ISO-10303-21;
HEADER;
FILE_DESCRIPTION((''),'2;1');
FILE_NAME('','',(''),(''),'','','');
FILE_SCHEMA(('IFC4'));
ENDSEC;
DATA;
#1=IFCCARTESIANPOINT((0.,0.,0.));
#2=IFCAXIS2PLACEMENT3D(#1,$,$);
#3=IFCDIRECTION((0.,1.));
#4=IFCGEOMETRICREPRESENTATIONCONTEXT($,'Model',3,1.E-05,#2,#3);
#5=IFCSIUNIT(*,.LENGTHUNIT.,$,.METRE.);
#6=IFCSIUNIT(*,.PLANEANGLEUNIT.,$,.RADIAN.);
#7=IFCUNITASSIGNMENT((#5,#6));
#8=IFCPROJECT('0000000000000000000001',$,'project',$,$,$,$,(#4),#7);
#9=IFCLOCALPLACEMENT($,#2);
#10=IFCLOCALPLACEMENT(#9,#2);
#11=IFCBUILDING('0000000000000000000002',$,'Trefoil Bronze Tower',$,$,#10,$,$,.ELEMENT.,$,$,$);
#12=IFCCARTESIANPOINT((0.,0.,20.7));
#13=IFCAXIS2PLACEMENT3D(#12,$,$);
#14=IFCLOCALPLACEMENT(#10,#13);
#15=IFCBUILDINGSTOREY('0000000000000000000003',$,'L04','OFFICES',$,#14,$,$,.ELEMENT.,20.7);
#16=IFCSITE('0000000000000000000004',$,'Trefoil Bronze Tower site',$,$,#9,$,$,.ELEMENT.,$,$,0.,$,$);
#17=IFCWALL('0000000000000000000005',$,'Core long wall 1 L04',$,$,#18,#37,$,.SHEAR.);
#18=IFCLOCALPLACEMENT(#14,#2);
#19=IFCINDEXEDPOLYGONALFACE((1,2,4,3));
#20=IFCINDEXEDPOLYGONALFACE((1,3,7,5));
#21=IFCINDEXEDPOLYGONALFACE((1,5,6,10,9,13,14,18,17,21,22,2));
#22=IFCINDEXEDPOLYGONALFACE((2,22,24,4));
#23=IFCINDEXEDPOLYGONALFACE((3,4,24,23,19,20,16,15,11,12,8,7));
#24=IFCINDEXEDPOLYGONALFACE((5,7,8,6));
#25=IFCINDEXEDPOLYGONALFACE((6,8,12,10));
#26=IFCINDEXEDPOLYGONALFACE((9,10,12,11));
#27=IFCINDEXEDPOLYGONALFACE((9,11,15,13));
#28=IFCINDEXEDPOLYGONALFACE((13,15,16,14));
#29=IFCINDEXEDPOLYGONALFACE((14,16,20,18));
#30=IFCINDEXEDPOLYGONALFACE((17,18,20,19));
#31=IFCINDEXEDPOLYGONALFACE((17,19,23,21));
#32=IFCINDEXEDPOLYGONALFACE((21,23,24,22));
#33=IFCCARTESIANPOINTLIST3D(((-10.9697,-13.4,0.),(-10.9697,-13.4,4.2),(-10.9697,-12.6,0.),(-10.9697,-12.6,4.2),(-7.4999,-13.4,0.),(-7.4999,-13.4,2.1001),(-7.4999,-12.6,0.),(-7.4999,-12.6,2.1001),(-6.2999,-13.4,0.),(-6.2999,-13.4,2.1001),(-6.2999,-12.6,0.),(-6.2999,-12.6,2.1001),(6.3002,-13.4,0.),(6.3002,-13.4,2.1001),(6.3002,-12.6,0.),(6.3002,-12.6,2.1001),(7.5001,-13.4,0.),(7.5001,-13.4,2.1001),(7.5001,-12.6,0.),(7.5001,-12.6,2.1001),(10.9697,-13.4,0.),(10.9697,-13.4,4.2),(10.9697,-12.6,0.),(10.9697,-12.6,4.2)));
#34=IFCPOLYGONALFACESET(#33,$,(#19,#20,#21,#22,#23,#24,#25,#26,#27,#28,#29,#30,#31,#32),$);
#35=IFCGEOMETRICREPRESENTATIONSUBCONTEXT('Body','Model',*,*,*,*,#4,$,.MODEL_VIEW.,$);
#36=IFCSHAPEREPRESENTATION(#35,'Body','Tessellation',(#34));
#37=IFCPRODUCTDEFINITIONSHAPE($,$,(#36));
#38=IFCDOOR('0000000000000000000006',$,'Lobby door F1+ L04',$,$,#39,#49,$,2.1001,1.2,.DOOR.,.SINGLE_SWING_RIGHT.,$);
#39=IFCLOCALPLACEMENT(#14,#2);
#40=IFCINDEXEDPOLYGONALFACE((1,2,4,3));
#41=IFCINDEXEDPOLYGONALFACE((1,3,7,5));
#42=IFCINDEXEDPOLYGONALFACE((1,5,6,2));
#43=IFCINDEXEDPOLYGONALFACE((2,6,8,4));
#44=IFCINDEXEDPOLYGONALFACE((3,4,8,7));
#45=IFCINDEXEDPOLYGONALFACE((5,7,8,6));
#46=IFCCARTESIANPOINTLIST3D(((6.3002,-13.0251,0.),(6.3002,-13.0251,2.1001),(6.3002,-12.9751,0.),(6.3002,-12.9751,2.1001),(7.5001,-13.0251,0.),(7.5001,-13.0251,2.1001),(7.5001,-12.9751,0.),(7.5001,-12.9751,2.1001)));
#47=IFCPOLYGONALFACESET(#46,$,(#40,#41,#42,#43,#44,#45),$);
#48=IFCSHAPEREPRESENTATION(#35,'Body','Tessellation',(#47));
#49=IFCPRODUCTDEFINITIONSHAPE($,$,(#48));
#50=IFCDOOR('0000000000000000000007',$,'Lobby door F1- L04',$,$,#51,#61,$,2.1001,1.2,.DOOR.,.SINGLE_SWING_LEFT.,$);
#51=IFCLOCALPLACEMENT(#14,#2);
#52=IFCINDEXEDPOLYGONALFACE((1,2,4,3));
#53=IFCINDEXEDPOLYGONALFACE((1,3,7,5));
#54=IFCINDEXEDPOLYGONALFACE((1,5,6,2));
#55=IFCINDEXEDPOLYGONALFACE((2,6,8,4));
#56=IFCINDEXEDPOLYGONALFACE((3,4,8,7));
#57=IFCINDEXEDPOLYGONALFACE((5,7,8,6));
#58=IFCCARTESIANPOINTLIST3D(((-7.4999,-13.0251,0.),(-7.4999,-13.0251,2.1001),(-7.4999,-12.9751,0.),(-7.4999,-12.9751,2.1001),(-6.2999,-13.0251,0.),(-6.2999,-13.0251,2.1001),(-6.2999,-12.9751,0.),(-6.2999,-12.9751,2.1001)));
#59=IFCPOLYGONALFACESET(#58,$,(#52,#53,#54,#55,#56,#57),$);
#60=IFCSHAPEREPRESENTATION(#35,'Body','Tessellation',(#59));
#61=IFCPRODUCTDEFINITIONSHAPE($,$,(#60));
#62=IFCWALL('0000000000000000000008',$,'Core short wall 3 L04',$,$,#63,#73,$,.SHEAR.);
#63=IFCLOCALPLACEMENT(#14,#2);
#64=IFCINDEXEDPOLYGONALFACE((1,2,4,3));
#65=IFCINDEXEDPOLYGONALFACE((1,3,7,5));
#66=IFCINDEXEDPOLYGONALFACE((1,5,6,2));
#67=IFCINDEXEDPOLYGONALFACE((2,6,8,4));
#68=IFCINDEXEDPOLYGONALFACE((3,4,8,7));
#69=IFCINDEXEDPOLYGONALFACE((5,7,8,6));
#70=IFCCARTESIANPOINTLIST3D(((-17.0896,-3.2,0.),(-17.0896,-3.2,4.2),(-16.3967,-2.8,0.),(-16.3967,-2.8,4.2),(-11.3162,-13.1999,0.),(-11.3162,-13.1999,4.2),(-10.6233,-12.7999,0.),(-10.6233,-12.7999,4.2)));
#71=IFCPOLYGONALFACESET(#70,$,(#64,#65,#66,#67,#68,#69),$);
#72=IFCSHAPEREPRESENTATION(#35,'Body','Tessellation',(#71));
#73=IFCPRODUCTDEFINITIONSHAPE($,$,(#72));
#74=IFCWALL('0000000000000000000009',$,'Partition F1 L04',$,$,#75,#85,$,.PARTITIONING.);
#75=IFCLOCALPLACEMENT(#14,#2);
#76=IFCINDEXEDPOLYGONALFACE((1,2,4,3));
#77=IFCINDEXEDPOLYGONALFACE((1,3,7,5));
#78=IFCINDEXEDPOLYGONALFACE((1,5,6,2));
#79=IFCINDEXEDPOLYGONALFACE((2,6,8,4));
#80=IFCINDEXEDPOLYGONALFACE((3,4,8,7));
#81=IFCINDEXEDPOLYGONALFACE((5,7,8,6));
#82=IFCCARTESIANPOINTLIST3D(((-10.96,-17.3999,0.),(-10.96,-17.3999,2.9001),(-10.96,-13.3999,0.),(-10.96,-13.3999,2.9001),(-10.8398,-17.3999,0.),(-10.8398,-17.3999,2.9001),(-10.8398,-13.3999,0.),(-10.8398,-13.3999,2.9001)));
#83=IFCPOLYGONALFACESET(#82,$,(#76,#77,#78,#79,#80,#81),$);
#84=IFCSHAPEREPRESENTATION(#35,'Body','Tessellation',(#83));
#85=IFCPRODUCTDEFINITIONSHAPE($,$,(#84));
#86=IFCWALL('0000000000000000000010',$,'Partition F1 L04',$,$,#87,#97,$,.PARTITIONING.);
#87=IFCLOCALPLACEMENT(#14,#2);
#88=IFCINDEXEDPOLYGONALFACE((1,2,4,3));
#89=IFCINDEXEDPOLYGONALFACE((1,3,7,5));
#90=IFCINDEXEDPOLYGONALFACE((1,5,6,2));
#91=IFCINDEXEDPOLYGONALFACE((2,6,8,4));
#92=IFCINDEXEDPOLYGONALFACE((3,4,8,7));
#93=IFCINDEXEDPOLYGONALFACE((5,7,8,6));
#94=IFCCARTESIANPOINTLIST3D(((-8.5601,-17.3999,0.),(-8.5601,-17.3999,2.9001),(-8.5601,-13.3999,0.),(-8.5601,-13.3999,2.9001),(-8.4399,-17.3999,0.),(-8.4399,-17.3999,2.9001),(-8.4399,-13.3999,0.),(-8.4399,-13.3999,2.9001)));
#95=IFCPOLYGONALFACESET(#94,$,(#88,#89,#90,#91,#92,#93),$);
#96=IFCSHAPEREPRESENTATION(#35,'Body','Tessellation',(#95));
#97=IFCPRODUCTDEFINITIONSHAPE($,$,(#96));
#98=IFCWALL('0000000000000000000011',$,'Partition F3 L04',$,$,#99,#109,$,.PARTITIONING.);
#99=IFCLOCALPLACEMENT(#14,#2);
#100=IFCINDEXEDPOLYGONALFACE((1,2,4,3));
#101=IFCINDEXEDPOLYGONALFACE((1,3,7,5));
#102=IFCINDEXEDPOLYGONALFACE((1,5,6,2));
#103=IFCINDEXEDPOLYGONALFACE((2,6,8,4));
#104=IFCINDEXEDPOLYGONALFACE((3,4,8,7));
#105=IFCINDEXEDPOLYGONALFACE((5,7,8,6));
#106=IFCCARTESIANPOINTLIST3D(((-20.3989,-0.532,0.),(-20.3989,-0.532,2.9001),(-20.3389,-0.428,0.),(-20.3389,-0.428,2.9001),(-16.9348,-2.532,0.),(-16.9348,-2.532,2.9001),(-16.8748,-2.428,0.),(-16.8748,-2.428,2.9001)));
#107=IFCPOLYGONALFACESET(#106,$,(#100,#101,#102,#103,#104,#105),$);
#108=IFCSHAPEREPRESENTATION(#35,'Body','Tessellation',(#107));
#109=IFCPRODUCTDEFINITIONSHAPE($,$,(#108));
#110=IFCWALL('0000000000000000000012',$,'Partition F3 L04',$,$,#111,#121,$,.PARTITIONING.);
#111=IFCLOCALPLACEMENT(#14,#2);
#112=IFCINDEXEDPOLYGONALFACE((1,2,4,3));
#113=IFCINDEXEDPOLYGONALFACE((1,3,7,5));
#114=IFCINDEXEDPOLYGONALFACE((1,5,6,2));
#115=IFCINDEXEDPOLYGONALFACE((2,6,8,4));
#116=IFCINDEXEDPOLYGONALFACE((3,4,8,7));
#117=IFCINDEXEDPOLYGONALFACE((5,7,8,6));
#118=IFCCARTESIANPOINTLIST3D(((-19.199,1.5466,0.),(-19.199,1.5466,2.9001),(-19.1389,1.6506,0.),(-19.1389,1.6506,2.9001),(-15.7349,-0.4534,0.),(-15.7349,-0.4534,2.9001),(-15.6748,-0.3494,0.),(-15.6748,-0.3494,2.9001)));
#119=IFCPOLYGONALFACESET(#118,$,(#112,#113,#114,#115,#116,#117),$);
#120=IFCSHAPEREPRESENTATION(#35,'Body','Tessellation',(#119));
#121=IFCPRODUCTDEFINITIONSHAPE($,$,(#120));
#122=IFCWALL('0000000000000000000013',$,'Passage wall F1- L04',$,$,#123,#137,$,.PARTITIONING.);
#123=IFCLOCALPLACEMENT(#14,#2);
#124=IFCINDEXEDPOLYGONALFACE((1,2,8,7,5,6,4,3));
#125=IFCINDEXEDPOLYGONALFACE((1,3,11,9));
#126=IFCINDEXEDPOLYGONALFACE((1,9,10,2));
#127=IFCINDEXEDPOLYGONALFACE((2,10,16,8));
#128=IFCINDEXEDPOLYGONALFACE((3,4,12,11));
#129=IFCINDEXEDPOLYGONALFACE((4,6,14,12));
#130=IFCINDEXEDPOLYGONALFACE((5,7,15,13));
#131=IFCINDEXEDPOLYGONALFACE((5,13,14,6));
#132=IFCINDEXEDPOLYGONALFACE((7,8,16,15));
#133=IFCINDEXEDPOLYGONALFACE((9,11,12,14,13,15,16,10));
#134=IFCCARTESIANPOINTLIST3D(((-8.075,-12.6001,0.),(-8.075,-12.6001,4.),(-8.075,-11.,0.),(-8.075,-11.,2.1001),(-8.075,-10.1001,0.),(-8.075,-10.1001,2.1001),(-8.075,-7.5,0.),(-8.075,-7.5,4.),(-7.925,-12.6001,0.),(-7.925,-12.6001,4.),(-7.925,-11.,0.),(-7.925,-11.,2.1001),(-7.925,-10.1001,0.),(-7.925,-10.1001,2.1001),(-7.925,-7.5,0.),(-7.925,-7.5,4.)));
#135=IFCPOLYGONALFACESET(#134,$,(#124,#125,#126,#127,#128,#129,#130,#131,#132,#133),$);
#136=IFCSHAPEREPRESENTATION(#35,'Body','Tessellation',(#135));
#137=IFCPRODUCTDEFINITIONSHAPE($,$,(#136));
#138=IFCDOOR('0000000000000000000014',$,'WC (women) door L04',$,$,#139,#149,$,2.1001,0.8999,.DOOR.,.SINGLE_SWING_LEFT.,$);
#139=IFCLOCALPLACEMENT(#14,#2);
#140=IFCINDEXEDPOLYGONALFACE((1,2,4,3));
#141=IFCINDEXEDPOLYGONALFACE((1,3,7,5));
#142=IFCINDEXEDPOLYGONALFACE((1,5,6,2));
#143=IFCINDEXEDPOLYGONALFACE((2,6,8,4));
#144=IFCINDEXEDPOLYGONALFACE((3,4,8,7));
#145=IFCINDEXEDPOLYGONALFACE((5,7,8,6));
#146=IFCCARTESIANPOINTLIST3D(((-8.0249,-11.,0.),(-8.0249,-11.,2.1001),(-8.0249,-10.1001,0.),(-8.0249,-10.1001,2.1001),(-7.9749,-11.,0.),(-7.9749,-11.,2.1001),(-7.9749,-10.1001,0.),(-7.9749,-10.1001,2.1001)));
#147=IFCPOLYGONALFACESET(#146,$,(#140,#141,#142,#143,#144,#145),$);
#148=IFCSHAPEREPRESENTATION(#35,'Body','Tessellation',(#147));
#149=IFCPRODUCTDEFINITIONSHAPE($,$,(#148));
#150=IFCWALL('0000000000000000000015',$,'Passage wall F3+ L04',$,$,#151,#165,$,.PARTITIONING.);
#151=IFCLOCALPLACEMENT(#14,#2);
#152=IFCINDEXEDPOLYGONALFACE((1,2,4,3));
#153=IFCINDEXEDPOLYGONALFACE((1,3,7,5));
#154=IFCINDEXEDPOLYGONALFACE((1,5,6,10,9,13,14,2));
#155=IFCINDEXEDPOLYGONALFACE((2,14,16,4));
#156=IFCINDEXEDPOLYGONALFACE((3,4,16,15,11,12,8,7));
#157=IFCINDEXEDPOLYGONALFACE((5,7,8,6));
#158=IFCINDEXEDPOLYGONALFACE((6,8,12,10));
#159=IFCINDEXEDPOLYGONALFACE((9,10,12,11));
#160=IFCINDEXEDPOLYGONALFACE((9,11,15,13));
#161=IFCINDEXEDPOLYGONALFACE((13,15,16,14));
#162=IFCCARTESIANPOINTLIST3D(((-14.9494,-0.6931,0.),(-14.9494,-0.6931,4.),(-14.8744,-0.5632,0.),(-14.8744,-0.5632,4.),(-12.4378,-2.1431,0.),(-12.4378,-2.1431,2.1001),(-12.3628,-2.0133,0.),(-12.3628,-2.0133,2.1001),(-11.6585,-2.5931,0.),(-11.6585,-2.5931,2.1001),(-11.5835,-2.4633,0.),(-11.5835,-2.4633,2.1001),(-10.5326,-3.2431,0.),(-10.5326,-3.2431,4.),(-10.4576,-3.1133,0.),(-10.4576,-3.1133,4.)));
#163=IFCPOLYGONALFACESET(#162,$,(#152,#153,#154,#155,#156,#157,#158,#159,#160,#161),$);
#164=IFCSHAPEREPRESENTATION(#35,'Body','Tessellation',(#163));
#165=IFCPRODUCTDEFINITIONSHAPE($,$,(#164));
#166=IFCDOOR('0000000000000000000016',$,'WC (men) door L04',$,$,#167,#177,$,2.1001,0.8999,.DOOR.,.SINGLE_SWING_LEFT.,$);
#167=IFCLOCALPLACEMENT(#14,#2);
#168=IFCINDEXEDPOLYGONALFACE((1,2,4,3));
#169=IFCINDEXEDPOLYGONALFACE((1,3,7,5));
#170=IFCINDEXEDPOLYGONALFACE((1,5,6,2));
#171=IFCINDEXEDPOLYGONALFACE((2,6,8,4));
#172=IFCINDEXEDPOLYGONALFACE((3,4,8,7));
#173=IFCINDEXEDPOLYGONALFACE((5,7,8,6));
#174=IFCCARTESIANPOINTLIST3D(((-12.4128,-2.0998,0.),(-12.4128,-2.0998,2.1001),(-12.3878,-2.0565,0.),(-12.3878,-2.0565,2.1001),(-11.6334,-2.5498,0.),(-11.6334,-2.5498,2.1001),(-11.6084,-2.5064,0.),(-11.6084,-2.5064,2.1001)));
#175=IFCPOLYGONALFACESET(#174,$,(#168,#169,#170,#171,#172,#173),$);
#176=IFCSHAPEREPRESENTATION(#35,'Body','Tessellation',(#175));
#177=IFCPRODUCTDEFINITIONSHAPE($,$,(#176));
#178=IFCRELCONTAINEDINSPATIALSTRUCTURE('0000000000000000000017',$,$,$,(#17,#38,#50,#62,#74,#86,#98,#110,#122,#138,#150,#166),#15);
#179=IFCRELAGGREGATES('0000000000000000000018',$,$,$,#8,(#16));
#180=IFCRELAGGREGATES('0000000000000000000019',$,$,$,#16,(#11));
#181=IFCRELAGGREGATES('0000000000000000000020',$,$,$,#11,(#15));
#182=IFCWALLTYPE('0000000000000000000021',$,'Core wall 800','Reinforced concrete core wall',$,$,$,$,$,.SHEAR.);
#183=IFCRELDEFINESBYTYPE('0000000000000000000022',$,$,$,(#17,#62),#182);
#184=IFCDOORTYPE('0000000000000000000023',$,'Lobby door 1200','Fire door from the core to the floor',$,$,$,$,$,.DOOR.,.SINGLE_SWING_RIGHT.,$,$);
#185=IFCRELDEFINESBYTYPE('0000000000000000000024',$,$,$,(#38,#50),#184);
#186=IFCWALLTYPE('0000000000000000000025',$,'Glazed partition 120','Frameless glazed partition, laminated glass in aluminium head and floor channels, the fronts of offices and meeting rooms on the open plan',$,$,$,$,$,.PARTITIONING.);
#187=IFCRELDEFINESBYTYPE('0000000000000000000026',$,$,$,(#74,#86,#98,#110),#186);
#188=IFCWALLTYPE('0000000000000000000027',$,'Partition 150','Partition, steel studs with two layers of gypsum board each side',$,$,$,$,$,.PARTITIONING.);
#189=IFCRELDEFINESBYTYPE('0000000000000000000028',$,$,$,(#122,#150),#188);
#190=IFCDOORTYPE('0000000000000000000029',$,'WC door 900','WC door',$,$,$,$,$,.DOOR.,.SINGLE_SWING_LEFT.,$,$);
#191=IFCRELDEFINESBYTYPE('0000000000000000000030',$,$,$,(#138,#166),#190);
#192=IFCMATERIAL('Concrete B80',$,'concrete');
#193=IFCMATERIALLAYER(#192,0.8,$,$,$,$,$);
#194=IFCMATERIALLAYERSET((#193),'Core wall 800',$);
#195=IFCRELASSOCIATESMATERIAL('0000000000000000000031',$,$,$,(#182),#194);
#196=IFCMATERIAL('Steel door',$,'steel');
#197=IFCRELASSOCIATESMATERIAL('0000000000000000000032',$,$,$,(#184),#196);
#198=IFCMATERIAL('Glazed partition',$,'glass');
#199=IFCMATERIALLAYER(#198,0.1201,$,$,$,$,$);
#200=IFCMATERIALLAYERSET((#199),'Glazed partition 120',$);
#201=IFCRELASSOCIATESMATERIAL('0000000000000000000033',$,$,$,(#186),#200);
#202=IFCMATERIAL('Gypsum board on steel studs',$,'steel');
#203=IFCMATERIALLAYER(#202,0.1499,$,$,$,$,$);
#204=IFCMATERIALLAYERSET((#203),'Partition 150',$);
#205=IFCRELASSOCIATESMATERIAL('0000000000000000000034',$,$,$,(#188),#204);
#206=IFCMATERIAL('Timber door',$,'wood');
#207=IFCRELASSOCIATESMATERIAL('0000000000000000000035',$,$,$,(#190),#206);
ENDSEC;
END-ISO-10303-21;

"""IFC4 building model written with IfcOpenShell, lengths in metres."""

from ifc_helpers import new_model, si_unit, direction, frame, frame_2d, origin, place, context, subcontext, project, spatial, rectangle, extrude, material, layer, layer_set, type_object, element, fill, save


model = new_model("IFC4")

# Units and contexts
model_context = context("Model", 3, precision=1e-05, world=origin(), true_north=direction((0.0, 1.0)))
body_context = subcontext(model_context, "Body", "Model", "MODEL_VIEW")
ifc_project = project(units=[si_unit("LENGTHUNIT", "METRE"), si_unit("PLANEANGLEUNIT", "RADIAN")], contexts=[model_context])

# Site, building, storey
site_placement = place(None, origin())
site = spatial("IfcSite", under=ifc_project, at=site_placement, Name="Trefoil Bronze Tower site", CompositionType="ELEMENT", RefElevation=0.0)
building_placement = place(site_placement, origin())
building = spatial("IfcBuilding", under=site, at=building_placement, Name="Trefoil Bronze Tower", CompositionType="ELEMENT")
storey_placement = place(building_placement, frame((0.0, 0.0, 20.7)))
storey = spatial("IfcBuildingStorey", under=building, at=storey_placement, Name="L04", Description="OFFICES", CompositionType="ELEMENT", Elevation=20.7)

# Wall, openings, doors
ifc_material_1 = material(Name="Concrete B80", Category="concrete")
ifc_layer_1 = layer(ifc_material_1, 0.8)
ifc_layer_set_1 = layer_set([ifc_layer_1], Name="Core wall 800")
wall_type_1 = type_object("IfcWallType", Name="Core wall 800", Description="Reinforced concrete core wall", PredefinedType="SHEAR", material=ifc_layer_set_1)
wall_1_placement = place(storey_placement, frame((-10.9697, -13.0, 0.0), z_axis=(0.0, 0.0, 1.0), x_axis=(1.0, 0.0, 0.0)))
wall_1 = element("IfcWall", 1, at=wall_1_placement, inside=storey, type_object=wall_type_1, Name="Core long wall 1 L04", PredefinedType="SHEAR", context=body_context, shape_type="SweptSolid", body=[
    extrude(rectangle(XDim=21.9395, YDim=0.8, at=frame_2d((10.9697, 0.0))), origin(), (0.0, 0.0, 1.0), 4.2),
])
opening_1_placement = place(wall_1_placement, frame((17.2698, 0.0, 0.0)))
opening_1 = element("IfcOpeningElement", 2, at=opening_1_placement, cuts=wall_1, PredefinedType="OPENING", context=body_context, shape_type="SweptSolid", body=[
    extrude(rectangle(XDim=1.2, YDim=2.1001, at=frame_2d((0.6001, 1.05))), frame((0.0, 0.4099, 0.0), z_axis=(0.0, -1.0, 0.0), x_axis=(1.0, 0.0, 0.0)), (0.0, 0.0, 1.0), 0.8201),
])
opening_2_placement = place(wall_1_placement, frame((3.4697, 0.0, 0.0)))
opening_2 = element("IfcOpeningElement", 3, at=opening_2_placement, cuts=wall_1, PredefinedType="OPENING", context=body_context, shape_type="SweptSolid", body=[
    extrude(rectangle(XDim=1.2, YDim=2.1001, at=frame_2d((0.6001, 1.05))), frame((0.0, 0.4099, 0.0), z_axis=(0.0, -1.0, 0.0), x_axis=(1.0, 0.0, 0.0)), (0.0, 0.0, 1.0), 0.8201),
])
ifc_material_2 = material(Name="Steel door", Category="steel")
door_type_1 = type_object("IfcDoorType", Name="Lobby door 1200", Description="Fire door from the core to the floor", OperationType="SINGLE_SWING_RIGHT", PredefinedType="DOOR", material=ifc_material_2)
door_1_placement = place(opening_1_placement, origin())
door_1 = element("IfcDoor", 4, at=door_1_placement, inside=storey, type_object=door_type_1, Name="Lobby door F1+ L04", OperationType="SINGLE_SWING_RIGHT", OverallHeight=2.1001, OverallWidth=1.2, PredefinedType="DOOR", context=body_context, shape_type="SweptSolid", body=[
    extrude(rectangle(XDim=1.2, YDim=2.1001, at=frame_2d((0.6001, 1.05))), frame((0.0, 0.0249, 0.0), z_axis=(0.0, -1.0, 0.0), x_axis=(1.0, 0.0, 0.0)), (0.0, 0.0, 1.0), 0.05),
])
fill(opening_1, door_1)
door_2_placement = place(opening_2_placement, origin())
door_2 = element("IfcDoor", 5, at=door_2_placement, inside=storey, type_object=door_type_1, Name="Lobby door F1- L04", OperationType="SINGLE_SWING_LEFT", OverallHeight=2.1001, OverallWidth=1.2, PredefinedType="DOOR", context=body_context, shape_type="SweptSolid", body=[
    extrude(rectangle(XDim=1.2, YDim=2.1001, at=frame_2d((0.6001, 1.05))), frame((0.0, 0.0249, 0.0), z_axis=(0.0, -1.0, 0.0), x_axis=(1.0, 0.0, 0.0)), (0.0, 0.0, 1.0), 0.05),
])
fill(opening_2, door_2)

# Walls
wall_2_placement = place(storey_placement, frame((-16.7432, -3.0, 0.0), z_axis=(0.0, 0.0, 1.0), x_axis=(0.499996, -0.866028, 0.0)))
element("IfcWall", 6, at=wall_2_placement, inside=storey, type_object=wall_type_1, Name="Core short wall 3 L04", PredefinedType="SHEAR", context=body_context, shape_type="SweptSolid", body=[
    extrude(rectangle(XDim=11.5469, YDim=0.8, at=frame_2d((5.7734, 0.0))), origin(), (0.0, 0.0, 1.0), 4.2),
])
ifc_material_3 = material(Name="Glazed partition", Category="glass")
ifc_layer_2 = layer(ifc_material_3, 0.1201)
ifc_layer_set_2 = layer_set([ifc_layer_2], Name="Glazed partition 120")
wall_type_2 = type_object("IfcWallType", Name="Glazed partition 120", Description="Frameless glazed partition, laminated glass in aluminium head and floor channels, the fronts of offices and meeting rooms on the open plan", PredefinedType="PARTITIONING", material=ifc_layer_set_2)
for number, where, z_axis, x_axis, name in (
    (7, (-10.8999, -13.3999, 0.0), (0.0, 0.0, 1.0), (0.0, -1.0, 0.0), "Partition F1 L04"),
    (8, (-8.5, -13.3999, 0.0), (0.0, 0.0, 1.0), (0.0, -1.0, 0.0), "Partition F1 L04"),
    (9, (-16.9048, -2.48, 0.0), (0.0, 0.0, 1.0), (-0.866026, 0.499999, 0.0), "Partition F3 L04"),
    (10, (-15.7048, -0.4014, 0.0), (0.0, 0.0, 1.0), (-0.866026, 0.499999, 0.0), "Partition F3 L04"),
):
    element("IfcWall", number, at=place(storey_placement, frame(where, z_axis=z_axis, x_axis=x_axis)), inside=storey, type_object=wall_type_2, Name=name, PredefinedType="PARTITIONING", context=body_context, shape_type="SweptSolid", body=[
        extrude(rectangle(XDim=4.0, YDim=0.1201, at=frame_2d((2.0, 0.0))), origin(), (0.0, 0.0, 1.0), 2.9001),
    ])

# Walls, openings, doors
ifc_material_4 = material(Name="Gypsum board on steel studs", Category="steel")
ifc_layer_3 = layer(ifc_material_4, 0.1499)
ifc_layer_set_3 = layer_set([ifc_layer_3], Name="Partition 150")
wall_type_3 = type_object("IfcWallType", Name="Partition 150", Description="Partition, steel studs with two layers of gypsum board each side", PredefinedType="PARTITIONING", material=ifc_layer_set_3)
wall_3_placement = place(storey_placement, frame((-8.0, -7.5, 0.0), z_axis=(0.0, 0.0, 1.0), x_axis=(0.0, -1.0, 0.0)))
wall_3 = element("IfcWall", 11, at=wall_3_placement, inside=storey, type_object=wall_type_3, Name="Passage wall F1- L04", PredefinedType="PARTITIONING", context=body_context, shape_type="SweptSolid", body=[
    extrude(rectangle(XDim=5.1001, YDim=0.1499, at=frame_2d((2.55, 0.0))), origin(), (0.0, 0.0, 1.0), 4.0),
])
opening_3_placement = place(wall_3_placement, frame((2.6001, 0.0, 0.0)))
opening_3 = element("IfcOpeningElement", 12, at=opening_3_placement, cuts=wall_3, PredefinedType="OPENING", context=body_context, shape_type="SweptSolid", body=[
    extrude(rectangle(XDim=0.8999, YDim=2.1001, at=frame_2d((0.45, 1.05))), frame((0.0, 0.085, 0.0), z_axis=(0.0, -1.0, 0.0), x_axis=(1.0, 0.0, 0.0)), (0.0, 0.0, 1.0), 0.1699),
])
ifc_material_5 = material(Name="Timber door", Category="wood")
door_type_2 = type_object("IfcDoorType", Name="WC door 900", Description="WC door", OperationType="SINGLE_SWING_LEFT", PredefinedType="DOOR", material=ifc_material_5)
door_3_placement = place(opening_3_placement, frame((0.8999, 0.0, 0.0), z_axis=(0.0, 0.0, 1.0), x_axis=(-1.0, 0.0, 0.0)))
door_3 = element("IfcDoor", 13, at=door_3_placement, inside=storey, type_object=door_type_2, Name="WC (women) door L04", OperationType="SINGLE_SWING_LEFT", OverallHeight=2.1001, OverallWidth=0.8999, PredefinedType="DOOR", context=body_context, shape_type="SweptSolid", body=[
    extrude(rectangle(XDim=0.8999, YDim=2.1001, at=frame_2d((0.45, 1.05))), frame((0.0, 0.0249, 0.0), z_axis=(0.0, -1.0, 0.0), x_axis=(1.0, 0.0, 0.0)), (0.0, 0.0, 1.0), 0.05),
])
fill(opening_3, door_3)
wall_4_placement = place(storey_placement, frame((-10.4951, -3.1782, 0.0), z_axis=(0.0, 0.0, 1.0), x_axis=(-0.866022, 0.500006, 0.0)))
wall_4 = element("IfcWall", 14, at=wall_4_placement, inside=storey, type_object=wall_type_3, Name="Passage wall F3+ L04", PredefinedType="PARTITIONING", context=body_context, shape_type="SweptSolid", body=[
    extrude(rectangle(XDim=5.1001, YDim=0.1499, at=frame_2d((2.55, 0.0))), origin(), (0.0, 0.0, 1.0), 4.0),
])
opening_4_placement = place(wall_4_placement, frame((1.3, 0.0, 0.0)))
opening_4 = element("IfcOpeningElement", 15, at=opening_4_placement, cuts=wall_4, PredefinedType="OPENING", context=body_context, shape_type="SweptSolid", body=[
    extrude(rectangle(XDim=0.8999, YDim=2.1001, at=frame_2d((0.45, 1.05))), frame((0.0, 0.085, 0.0), z_axis=(0.0, -1.0, 0.0), x_axis=(1.0, 0.0, 0.0)), (0.0, 0.0, 1.0), 0.1699),
])
door_4_placement = place(opening_4_placement, origin())
door_4 = element("IfcDoor", 16, at=door_4_placement, inside=storey, type_object=door_type_2, Name="WC (men) door L04", OperationType="SINGLE_SWING_LEFT", OverallHeight=2.1001, OverallWidth=0.8999, PredefinedType="DOOR", context=body_context, shape_type="SweptSolid", body=[
    extrude(rectangle(XDim=0.8999, YDim=2.1001, at=frame_2d((0.45, 1.05))), frame((0.0, 0.0249, 0.0), z_axis=(0.0, -1.0, 0.0), x_axis=(1.0, 0.0, 0.0)), (0.0, 0.0, 1.0), 0.05),
])
fill(opening_4, door_4)

save(model, "model.ifc")
